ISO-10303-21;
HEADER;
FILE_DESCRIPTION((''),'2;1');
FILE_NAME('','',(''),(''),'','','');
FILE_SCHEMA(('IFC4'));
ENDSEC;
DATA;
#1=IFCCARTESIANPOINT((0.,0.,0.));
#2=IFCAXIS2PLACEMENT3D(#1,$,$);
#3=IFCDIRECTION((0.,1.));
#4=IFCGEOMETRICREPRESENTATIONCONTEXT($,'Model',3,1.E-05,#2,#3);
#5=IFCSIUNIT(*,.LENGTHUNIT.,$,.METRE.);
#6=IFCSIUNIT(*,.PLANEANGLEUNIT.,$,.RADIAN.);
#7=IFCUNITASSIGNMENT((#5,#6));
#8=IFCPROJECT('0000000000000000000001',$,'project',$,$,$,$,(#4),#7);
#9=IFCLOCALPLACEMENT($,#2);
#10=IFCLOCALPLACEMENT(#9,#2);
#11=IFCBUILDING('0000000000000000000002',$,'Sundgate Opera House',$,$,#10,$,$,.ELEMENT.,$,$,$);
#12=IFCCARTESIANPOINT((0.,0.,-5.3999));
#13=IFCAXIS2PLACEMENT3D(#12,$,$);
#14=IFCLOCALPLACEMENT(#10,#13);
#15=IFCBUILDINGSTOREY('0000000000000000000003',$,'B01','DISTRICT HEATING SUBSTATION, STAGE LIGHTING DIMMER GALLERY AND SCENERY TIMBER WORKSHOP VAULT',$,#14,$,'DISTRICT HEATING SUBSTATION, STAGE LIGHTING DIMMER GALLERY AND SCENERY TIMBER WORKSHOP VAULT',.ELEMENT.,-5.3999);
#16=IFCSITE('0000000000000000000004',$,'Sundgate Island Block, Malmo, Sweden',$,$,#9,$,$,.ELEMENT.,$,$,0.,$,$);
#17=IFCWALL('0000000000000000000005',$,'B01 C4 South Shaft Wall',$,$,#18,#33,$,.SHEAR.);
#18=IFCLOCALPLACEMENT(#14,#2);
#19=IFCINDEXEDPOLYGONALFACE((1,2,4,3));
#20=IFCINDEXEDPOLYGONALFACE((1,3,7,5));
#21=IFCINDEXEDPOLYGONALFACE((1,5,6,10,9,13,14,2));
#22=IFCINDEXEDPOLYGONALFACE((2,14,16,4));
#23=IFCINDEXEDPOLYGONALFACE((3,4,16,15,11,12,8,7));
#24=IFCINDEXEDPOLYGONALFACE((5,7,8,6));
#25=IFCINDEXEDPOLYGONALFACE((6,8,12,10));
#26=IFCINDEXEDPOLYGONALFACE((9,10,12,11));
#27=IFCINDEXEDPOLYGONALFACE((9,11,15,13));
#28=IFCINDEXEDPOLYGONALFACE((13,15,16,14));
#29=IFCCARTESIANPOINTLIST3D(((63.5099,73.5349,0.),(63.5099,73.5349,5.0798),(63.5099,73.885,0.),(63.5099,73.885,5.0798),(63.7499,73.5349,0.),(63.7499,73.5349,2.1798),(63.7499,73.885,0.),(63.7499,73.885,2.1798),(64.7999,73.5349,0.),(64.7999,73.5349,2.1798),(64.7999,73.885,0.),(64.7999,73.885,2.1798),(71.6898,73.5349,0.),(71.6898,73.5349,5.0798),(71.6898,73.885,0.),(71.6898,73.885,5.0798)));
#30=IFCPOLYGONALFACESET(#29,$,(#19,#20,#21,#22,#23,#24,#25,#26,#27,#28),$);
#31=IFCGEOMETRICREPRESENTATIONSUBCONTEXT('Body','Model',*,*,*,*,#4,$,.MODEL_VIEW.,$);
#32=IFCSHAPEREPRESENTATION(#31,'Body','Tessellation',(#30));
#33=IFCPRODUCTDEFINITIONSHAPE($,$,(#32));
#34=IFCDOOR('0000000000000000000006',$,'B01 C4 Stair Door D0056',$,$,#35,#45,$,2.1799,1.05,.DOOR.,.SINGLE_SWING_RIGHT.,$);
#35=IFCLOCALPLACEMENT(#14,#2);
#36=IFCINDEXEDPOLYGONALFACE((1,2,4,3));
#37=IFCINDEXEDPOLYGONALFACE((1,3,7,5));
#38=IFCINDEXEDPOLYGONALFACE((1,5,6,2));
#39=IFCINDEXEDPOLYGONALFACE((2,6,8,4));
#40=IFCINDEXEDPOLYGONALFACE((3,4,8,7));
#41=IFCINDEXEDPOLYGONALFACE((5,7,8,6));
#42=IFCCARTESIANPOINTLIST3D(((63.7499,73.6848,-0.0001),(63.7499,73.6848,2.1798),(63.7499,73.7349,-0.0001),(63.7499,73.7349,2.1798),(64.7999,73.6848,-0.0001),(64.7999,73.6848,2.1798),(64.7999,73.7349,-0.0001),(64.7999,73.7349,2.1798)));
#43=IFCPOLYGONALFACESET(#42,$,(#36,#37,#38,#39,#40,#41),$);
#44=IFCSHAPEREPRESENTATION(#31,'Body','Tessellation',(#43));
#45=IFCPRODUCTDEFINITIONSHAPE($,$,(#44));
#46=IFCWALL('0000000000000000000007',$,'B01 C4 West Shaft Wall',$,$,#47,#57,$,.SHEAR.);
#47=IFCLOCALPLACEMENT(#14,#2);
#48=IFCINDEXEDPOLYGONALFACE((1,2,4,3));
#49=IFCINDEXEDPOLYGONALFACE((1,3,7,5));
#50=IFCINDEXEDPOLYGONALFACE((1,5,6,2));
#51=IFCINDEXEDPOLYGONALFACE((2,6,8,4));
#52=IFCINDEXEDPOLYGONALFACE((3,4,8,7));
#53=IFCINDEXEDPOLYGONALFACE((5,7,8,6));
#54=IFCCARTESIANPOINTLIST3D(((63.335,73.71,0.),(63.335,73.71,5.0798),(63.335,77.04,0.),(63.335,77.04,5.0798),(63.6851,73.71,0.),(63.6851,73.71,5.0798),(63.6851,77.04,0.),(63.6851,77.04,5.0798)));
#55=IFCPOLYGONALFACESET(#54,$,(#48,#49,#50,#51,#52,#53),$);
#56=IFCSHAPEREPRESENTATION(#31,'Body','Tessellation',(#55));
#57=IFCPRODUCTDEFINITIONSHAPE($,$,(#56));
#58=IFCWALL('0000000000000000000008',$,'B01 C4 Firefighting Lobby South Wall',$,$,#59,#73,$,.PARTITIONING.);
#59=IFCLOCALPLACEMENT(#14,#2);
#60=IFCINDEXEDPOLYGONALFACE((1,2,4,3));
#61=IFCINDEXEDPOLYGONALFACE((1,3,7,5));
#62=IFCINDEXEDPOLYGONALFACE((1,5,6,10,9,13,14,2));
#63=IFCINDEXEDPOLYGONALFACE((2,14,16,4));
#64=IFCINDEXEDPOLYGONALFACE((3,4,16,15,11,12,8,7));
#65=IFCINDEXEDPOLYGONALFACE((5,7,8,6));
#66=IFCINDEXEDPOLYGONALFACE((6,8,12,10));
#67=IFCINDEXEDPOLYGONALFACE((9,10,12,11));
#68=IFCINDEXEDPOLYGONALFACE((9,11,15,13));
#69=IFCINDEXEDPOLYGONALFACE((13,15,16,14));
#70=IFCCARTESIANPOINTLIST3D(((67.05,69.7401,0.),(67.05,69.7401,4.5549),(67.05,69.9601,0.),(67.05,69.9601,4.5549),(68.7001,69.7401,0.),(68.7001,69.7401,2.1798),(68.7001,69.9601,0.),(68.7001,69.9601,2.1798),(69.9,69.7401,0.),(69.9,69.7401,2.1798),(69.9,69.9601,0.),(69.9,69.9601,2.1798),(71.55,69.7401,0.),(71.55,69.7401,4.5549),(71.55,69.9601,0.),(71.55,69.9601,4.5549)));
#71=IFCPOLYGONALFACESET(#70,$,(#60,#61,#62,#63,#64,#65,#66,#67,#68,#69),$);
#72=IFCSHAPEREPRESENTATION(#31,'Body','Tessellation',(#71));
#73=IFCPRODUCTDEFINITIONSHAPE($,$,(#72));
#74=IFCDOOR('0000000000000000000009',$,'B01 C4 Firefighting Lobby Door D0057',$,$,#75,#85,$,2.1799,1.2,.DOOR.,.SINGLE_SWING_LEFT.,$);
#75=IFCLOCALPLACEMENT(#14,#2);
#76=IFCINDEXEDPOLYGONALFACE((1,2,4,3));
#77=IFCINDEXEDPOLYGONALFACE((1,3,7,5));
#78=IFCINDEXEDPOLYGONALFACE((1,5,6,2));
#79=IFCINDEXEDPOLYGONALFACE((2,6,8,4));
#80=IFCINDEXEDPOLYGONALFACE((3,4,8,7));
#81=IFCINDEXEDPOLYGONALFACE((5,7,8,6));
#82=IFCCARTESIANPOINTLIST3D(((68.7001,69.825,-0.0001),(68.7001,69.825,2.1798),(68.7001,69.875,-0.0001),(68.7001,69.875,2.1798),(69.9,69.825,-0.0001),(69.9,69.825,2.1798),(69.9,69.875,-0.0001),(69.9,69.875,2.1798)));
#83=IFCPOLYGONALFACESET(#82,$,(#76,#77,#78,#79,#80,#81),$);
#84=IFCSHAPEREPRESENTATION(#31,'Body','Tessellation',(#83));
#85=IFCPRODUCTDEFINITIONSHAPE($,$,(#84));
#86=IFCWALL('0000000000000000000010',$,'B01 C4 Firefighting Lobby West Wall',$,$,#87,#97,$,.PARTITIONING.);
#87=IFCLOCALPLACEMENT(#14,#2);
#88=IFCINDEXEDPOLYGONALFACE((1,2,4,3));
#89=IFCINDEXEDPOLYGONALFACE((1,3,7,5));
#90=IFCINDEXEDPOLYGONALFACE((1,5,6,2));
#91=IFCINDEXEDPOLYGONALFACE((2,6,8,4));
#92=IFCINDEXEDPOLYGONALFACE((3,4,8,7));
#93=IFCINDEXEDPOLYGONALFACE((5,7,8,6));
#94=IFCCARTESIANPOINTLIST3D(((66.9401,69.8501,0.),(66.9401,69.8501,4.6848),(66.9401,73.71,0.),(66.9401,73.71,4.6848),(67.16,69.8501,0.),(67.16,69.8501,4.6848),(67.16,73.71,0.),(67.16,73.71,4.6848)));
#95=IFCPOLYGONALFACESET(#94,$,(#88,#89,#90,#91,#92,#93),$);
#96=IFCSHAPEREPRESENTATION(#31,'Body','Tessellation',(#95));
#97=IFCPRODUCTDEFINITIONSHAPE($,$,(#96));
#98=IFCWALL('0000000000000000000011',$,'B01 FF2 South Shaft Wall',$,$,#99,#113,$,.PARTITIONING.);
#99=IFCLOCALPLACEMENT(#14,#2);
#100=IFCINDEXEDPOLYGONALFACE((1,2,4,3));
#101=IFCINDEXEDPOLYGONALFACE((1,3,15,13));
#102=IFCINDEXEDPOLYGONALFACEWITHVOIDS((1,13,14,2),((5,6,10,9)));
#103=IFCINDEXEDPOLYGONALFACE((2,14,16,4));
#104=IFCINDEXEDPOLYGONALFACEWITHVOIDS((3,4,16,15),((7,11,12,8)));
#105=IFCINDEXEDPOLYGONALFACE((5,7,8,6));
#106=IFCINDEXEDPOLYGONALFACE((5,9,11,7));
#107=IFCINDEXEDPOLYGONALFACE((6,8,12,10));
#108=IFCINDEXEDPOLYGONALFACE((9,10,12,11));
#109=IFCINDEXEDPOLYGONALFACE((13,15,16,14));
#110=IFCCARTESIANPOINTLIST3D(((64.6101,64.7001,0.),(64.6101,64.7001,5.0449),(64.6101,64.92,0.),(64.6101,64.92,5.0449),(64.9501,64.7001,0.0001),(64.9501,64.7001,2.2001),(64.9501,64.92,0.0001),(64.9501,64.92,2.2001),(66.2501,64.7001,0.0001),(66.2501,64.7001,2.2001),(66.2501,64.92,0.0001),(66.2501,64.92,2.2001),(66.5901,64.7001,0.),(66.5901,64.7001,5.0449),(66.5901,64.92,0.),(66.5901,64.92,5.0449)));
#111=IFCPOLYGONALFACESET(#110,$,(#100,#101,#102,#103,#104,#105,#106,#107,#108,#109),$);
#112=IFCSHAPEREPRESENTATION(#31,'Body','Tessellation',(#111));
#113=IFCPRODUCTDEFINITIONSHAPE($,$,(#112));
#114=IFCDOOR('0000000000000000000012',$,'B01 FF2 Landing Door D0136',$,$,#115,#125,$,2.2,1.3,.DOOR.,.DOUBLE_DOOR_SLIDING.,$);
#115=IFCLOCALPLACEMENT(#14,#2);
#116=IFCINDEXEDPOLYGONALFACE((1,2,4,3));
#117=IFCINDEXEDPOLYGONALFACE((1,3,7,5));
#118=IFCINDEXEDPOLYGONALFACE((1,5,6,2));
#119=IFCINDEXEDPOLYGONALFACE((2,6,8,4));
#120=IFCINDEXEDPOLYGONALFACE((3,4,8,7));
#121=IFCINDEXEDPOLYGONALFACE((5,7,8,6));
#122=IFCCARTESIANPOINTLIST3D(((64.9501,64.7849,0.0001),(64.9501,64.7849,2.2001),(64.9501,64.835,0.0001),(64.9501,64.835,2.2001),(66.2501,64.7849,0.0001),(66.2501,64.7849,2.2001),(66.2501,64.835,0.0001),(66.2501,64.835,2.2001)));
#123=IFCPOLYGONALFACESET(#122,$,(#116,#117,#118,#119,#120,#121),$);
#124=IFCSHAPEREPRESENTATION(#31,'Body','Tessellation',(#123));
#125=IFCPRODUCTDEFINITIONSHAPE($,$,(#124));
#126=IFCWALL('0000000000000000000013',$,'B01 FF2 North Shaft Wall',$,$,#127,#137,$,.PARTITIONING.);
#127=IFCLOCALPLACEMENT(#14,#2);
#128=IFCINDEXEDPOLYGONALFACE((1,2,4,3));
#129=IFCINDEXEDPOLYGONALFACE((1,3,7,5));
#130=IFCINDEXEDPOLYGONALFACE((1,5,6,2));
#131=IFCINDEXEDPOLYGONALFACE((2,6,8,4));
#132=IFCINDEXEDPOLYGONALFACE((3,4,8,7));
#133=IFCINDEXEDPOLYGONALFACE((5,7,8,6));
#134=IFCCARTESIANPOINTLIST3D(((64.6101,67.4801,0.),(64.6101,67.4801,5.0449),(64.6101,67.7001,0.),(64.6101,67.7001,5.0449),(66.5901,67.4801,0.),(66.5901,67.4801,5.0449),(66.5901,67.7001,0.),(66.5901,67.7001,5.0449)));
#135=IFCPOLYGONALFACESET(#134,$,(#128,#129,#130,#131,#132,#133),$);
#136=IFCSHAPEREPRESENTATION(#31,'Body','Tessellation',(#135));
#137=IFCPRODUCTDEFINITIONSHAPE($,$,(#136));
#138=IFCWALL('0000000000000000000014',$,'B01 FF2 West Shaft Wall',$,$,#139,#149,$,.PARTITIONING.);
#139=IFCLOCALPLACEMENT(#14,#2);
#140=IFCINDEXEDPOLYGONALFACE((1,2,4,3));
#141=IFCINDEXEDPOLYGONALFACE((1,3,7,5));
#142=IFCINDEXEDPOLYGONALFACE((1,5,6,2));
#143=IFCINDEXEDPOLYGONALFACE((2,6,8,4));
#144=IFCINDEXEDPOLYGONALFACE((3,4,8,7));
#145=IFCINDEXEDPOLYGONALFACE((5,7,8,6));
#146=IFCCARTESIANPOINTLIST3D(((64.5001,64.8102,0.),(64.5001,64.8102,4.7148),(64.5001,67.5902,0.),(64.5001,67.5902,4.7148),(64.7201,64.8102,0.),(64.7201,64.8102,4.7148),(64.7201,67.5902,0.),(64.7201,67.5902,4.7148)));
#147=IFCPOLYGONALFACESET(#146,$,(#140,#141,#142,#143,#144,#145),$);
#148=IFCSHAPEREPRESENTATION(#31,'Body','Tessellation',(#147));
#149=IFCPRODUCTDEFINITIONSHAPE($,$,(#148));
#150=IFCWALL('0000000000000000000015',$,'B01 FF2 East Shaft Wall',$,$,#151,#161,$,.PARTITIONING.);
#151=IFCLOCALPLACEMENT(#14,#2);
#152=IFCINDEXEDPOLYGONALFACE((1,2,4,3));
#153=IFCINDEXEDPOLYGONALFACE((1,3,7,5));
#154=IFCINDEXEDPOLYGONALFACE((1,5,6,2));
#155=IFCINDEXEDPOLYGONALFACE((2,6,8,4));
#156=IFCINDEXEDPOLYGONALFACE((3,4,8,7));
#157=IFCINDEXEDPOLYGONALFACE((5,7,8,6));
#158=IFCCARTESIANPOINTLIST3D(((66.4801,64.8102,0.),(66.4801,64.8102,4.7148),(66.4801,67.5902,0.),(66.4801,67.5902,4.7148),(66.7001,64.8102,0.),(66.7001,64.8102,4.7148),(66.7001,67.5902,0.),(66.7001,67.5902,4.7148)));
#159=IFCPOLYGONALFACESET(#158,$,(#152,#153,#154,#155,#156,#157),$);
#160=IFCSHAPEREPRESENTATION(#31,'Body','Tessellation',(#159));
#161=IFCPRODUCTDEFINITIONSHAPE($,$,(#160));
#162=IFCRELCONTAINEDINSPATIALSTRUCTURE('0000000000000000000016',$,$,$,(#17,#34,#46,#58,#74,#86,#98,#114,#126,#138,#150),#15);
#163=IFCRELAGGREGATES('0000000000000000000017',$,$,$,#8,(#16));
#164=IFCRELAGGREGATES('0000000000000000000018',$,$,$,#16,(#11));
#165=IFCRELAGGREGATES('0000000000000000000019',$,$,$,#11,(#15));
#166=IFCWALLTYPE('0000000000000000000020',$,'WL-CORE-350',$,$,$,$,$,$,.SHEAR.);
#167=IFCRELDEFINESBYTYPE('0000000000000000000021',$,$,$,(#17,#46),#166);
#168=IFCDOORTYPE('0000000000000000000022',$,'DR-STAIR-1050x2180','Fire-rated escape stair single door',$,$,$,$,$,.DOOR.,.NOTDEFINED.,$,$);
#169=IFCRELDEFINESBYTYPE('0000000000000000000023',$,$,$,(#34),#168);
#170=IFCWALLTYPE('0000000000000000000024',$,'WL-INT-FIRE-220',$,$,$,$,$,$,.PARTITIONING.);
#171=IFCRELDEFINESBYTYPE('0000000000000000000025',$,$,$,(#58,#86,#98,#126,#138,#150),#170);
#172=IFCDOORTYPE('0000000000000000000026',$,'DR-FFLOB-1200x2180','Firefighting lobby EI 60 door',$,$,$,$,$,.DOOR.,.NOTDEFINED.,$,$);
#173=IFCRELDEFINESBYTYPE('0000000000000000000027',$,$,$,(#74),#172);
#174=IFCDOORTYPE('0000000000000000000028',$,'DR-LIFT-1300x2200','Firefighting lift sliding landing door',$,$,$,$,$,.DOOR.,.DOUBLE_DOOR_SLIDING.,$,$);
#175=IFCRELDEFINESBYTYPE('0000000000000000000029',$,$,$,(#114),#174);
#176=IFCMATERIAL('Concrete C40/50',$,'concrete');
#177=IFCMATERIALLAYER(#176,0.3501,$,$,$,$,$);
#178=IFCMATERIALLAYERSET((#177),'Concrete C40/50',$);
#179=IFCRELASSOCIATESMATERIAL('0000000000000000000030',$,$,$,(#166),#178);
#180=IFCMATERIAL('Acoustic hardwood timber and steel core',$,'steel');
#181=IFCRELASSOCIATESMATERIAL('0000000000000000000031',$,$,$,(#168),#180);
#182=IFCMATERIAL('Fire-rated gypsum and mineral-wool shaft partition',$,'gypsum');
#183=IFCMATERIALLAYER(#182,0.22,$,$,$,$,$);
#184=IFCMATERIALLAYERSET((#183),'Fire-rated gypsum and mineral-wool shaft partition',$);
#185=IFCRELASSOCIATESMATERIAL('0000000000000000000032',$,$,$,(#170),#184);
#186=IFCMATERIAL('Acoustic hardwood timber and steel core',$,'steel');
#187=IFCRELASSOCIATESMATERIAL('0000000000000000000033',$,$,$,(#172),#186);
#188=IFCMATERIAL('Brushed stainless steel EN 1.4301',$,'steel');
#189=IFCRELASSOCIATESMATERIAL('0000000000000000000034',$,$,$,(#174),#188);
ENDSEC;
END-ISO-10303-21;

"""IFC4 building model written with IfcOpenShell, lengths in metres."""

from ifc_helpers import new_model, si_unit, direction, frame, frame_2d, origin, place, context, subcontext, project, spatial, rectangle, extrude, material, layer, layer_set, type_object, element, fill, save


model = new_model("IFC4")

# Units and contexts
model_context = context("Model", 3, precision=1e-05, world=origin(), true_north=direction((0.0, 1.0)))
body_context = subcontext(model_context, "Body", "Model", "MODEL_VIEW")
ifc_project = project(units=[si_unit("LENGTHUNIT", "METRE"), si_unit("PLANEANGLEUNIT", "RADIAN")], contexts=[model_context])

# Site, building, storey
site_placement = place(None, origin())
site = spatial("IfcSite", under=ifc_project, at=site_placement, Name="Sundgate Island Block, Malmo, Sweden", CompositionType="ELEMENT", RefElevation=0.0)
building_placement = place(site_placement, origin())
building = spatial("IfcBuilding", under=site, at=building_placement, Name="Sundgate Opera House", CompositionType="ELEMENT")
storey_placement = place(building_placement, frame((0.0, 0.0, -5.3999)))
storey = spatial("IfcBuildingStorey", under=building, at=storey_placement, Name="B01", Description="DISTRICT HEATING SUBSTATION, STAGE LIGHTING DIMMER GALLERY AND SCENERY TIMBER WORKSHOP VAULT", LongName="DISTRICT HEATING SUBSTATION, STAGE LIGHTING DIMMER GALLERY AND SCENERY TIMBER WORKSHOP VAULT", CompositionType="ELEMENT", Elevation=-5.3999)

# Wall, opening, door
ifc_material_1 = material(Name="Concrete C40/50", Category="concrete")
ifc_layer_1 = layer(ifc_material_1, 0.3501)
ifc_layer_set_1 = layer_set([ifc_layer_1], Name="Concrete C40/50")
wall_type_1 = type_object("IfcWallType", Name="WL-CORE-350", PredefinedType="SHEAR", material=ifc_layer_set_1)
wall_1_placement = place(storey_placement, frame((63.51, 73.71, 0.0), z_axis=(0.0, 0.0, 1.0), x_axis=(1.0, 0.0, 0.0)))
wall_1 = element("IfcWall", 1, at=wall_1_placement, inside=storey, type_object=wall_type_1, Name="B01 C4 South Shaft Wall", PredefinedType="SHEAR", context=body_context, shape_type="SweptSolid", body=[
    extrude(rectangle(XDim=8.1799, YDim=0.3501, at=frame_2d((4.0898, 0.0))), origin(), (0.0, 0.0, 1.0), 5.0798),
])
opening_1_placement = place(wall_1_placement, frame((0.24, 0.0, 0.0)))
opening_1 = element("IfcOpeningElement", 2, at=opening_1_placement, cuts=wall_1, PredefinedType="OPENING", context=body_context, shape_type="SweptSolid", body=[
    extrude(rectangle(XDim=1.05, YDim=2.1799, at=frame_2d((0.5249, 1.0898))), frame((0.0, 0.1851, 0.0), z_axis=(0.0, -1.0, 0.0), x_axis=(1.0, 0.0, 0.0)), (0.0, 0.0, 1.0), 0.3701),
])
ifc_material_2 = material(Name="Acoustic hardwood timber and steel core", Category="steel")
door_type_1 = type_object("IfcDoorType", Name="DR-STAIR-1050x2180", Description="Fire-rated escape stair single door", OperationType="NOTDEFINED", PredefinedType="DOOR", material=ifc_material_2)
door_1_placement = place(opening_1_placement, origin())
door_1 = element("IfcDoor", 3, at=door_1_placement, inside=storey, type_object=door_type_1, Name="B01 C4 Stair Door D0056", OperationType="SINGLE_SWING_RIGHT", OverallHeight=2.1799, OverallWidth=1.05, PredefinedType="DOOR", context=body_context, shape_type="SweptSolid", body=[
    extrude(rectangle(XDim=1.05, YDim=2.1799, at=frame_2d((0.5249, 1.0898))), frame((0.0, 0.0249, 0.0), z_axis=(0.0, -1.0, 0.0), x_axis=(1.0, 0.0, 0.0)), (0.0, 0.0, 1.0), 0.05),
])
fill(opening_1, door_1)

# Wall
wall_2_placement = place(storey_placement, frame((63.51, 73.71, 0.0), z_axis=(0.0, 0.0, 1.0), x_axis=(0.0, 1.0, 0.0)))
element("IfcWall", 4, at=wall_2_placement, inside=storey, type_object=wall_type_1, Name="B01 C4 West Shaft Wall", PredefinedType="SHEAR", context=body_context, shape_type="SweptSolid", body=[
    extrude(rectangle(XDim=3.3301, YDim=0.3501, at=frame_2d((1.665, 0.0))), origin(), (0.0, 0.0, 1.0), 5.0798),
])

# Wall, opening, door
ifc_material_3 = material(Name="Fire-rated gypsum and mineral-wool shaft partition", Category="gypsum")
ifc_layer_2 = layer(ifc_material_3, 0.22)
ifc_layer_set_2 = layer_set([ifc_layer_2], Name="Fire-rated gypsum and mineral-wool shaft partition")
wall_type_2 = type_object("IfcWallType", Name="WL-INT-FIRE-220", PredefinedType="PARTITIONING", material=ifc_layer_set_2)
wall_3_placement = place(storey_placement, frame((67.05, 69.8501, 0.0), z_axis=(0.0, 0.0, 1.0), x_axis=(1.0, 0.0, 0.0)))
wall_3 = element("IfcWall", 5, at=wall_3_placement, inside=storey, type_object=wall_type_2, Name="B01 C4 Firefighting Lobby South Wall", PredefinedType="PARTITIONING", context=body_context, shape_type="SweptSolid", body=[
    extrude(rectangle(XDim=4.5, YDim=0.22, at=frame_2d((2.25, 0.0))), origin(), (0.0, 0.0, 1.0), 4.5549),
])
opening_2_placement = place(wall_3_placement, frame((1.6499, 0.0, 0.0)))
opening_2 = element("IfcOpeningElement", 6, at=opening_2_placement, cuts=wall_3, PredefinedType="OPENING", context=body_context, shape_type="SweptSolid", body=[
    extrude(rectangle(XDim=1.2, YDim=2.1799, at=frame_2d((0.6001, 1.0898))), frame((0.0, 0.1199, 0.0), z_axis=(0.0, -1.0, 0.0), x_axis=(1.0, 0.0, 0.0)), (0.0, 0.0, 1.0), 0.24),
])
ifc_material_4 = material(Name="Acoustic hardwood timber and steel core", Category="steel")
door_type_2 = type_object("IfcDoorType", Name="DR-FFLOB-1200x2180", Description="Firefighting lobby EI 60 door", OperationType="NOTDEFINED", PredefinedType="DOOR", material=ifc_material_4)
door_2_placement = place(opening_2_placement, origin())
door_2 = element("IfcDoor", 7, at=door_2_placement, inside=storey, type_object=door_type_2, Name="B01 C4 Firefighting Lobby Door D0057", OperationType="SINGLE_SWING_LEFT", OverallHeight=2.1799, OverallWidth=1.2, PredefinedType="DOOR", context=body_context, shape_type="SweptSolid", body=[
    extrude(rectangle(XDim=1.2, YDim=2.1799, at=frame_2d((0.6001, 1.0898))), frame((0.0, 0.0249, 0.0), z_axis=(0.0, -1.0, 0.0), x_axis=(1.0, 0.0, 0.0)), (0.0, 0.0, 1.0), 0.05),
])
fill(opening_2, door_2)

# Wall
wall_4_placement = place(storey_placement, frame((67.05, 69.8501, 0.0), z_axis=(0.0, 0.0, 1.0), x_axis=(0.0, 1.0, 0.0)))
element("IfcWall", 8, at=wall_4_placement, inside=storey, type_object=wall_type_2, Name="B01 C4 Firefighting Lobby West Wall", PredefinedType="PARTITIONING", context=body_context, shape_type="SweptSolid", body=[
    extrude(rectangle(XDim=3.8599, YDim=0.22, at=frame_2d((1.9299, 0.0))), origin(), (0.0, 0.0, 1.0), 4.6848),
])

# Wall, opening, door
wall_5_placement = place(storey_placement, frame((64.6101, 64.8101, 0.0), z_axis=(0.0, 0.0, 1.0), x_axis=(1.0, 0.0, 0.0)))
wall_5 = element("IfcWall", 9, at=wall_5_placement, inside=storey, type_object=wall_type_2, Name="B01 FF2 South Shaft Wall", PredefinedType="PARTITIONING", context=body_context, shape_type="SweptSolid", body=[
    extrude(rectangle(XDim=1.98, YDim=0.22, at=frame_2d((0.99, 0.0))), origin(), (0.0, 0.0, 1.0), 5.0449),
])
opening_3_placement = place(wall_5_placement, frame((0.3401, 0.0, 0.0)))
opening_3 = element("IfcOpeningElement", 10, at=opening_3_placement, cuts=wall_5, PredefinedType="OPENING", context=body_context, shape_type="SweptSolid", body=[
    extrude(rectangle(XDim=1.3, YDim=2.2, at=frame_2d((0.6499, 1.1001))), frame((0.0, 0.1199, 0.0), z_axis=(0.0, -1.0, 0.0), x_axis=(1.0, 0.0, 0.0)), (0.0, 0.0, 1.0), 0.24),
])
ifc_material_5 = material(Name="Brushed stainless steel EN 1.4301", Category="steel")
door_type_3 = type_object("IfcDoorType", Name="DR-LIFT-1300x2200", Description="Firefighting lift sliding landing door", OperationType="DOUBLE_DOOR_SLIDING", PredefinedType="DOOR", material=ifc_material_5)
door_3_placement = place(opening_3_placement, origin())
door_3 = element("IfcDoor", 11, at=door_3_placement, inside=storey, type_object=door_type_3, Name="B01 FF2 Landing Door D0136", OperationType="DOUBLE_DOOR_SLIDING", OverallHeight=2.2, OverallWidth=1.3, PredefinedType="DOOR", context=body_context, shape_type="SweptSolid", body=[
    extrude(rectangle(XDim=1.3, YDim=2.2, at=frame_2d((0.6499, 1.1001))), frame((0.0, 0.0249, 0.0), z_axis=(0.0, -1.0, 0.0), x_axis=(1.0, 0.0, 0.0)), (0.0, 0.0, 1.0), 0.05),
])
fill(opening_3, door_3)

# Walls
wall_6_placement = place(storey_placement, frame((64.6101, 67.5901, 0.0), z_axis=(0.0, 0.0, 1.0), x_axis=(1.0, 0.0, 0.0)))
element("IfcWall", 12, at=wall_6_placement, inside=storey, type_object=wall_type_2, Name="B01 FF2 North Shaft Wall", PredefinedType="PARTITIONING", context=body_context, shape_type="SweptSolid", body=[
    extrude(rectangle(XDim=1.98, YDim=0.22, at=frame_2d((0.99, 0.0))), origin(), (0.0, 0.0, 1.0), 5.0449),
])
for number, where, z_axis, x_axis, name in (
    (13, (64.6101, 64.8101, 0.0), (0.0, 0.0, 1.0), (0.0, 1.0, 0.0), "B01 FF2 West Shaft Wall"),
    (14, (66.5901, 64.8101, 0.0), (0.0, 0.0, 1.0), (0.0, 1.0, 0.0), "B01 FF2 East Shaft Wall"),
):
    element("IfcWall", number, at=place(storey_placement, frame(where, z_axis=z_axis, x_axis=x_axis)), inside=storey, type_object=wall_type_2, Name=name, PredefinedType="PARTITIONING", context=body_context, shape_type="SweptSolid", body=[
        extrude(rectangle(XDim=2.78, YDim=0.22, at=frame_2d((1.3901, 0.0))), origin(), (0.0, 0.0, 1.0), 4.7148),
    ])

save(model, "model.ifc")
